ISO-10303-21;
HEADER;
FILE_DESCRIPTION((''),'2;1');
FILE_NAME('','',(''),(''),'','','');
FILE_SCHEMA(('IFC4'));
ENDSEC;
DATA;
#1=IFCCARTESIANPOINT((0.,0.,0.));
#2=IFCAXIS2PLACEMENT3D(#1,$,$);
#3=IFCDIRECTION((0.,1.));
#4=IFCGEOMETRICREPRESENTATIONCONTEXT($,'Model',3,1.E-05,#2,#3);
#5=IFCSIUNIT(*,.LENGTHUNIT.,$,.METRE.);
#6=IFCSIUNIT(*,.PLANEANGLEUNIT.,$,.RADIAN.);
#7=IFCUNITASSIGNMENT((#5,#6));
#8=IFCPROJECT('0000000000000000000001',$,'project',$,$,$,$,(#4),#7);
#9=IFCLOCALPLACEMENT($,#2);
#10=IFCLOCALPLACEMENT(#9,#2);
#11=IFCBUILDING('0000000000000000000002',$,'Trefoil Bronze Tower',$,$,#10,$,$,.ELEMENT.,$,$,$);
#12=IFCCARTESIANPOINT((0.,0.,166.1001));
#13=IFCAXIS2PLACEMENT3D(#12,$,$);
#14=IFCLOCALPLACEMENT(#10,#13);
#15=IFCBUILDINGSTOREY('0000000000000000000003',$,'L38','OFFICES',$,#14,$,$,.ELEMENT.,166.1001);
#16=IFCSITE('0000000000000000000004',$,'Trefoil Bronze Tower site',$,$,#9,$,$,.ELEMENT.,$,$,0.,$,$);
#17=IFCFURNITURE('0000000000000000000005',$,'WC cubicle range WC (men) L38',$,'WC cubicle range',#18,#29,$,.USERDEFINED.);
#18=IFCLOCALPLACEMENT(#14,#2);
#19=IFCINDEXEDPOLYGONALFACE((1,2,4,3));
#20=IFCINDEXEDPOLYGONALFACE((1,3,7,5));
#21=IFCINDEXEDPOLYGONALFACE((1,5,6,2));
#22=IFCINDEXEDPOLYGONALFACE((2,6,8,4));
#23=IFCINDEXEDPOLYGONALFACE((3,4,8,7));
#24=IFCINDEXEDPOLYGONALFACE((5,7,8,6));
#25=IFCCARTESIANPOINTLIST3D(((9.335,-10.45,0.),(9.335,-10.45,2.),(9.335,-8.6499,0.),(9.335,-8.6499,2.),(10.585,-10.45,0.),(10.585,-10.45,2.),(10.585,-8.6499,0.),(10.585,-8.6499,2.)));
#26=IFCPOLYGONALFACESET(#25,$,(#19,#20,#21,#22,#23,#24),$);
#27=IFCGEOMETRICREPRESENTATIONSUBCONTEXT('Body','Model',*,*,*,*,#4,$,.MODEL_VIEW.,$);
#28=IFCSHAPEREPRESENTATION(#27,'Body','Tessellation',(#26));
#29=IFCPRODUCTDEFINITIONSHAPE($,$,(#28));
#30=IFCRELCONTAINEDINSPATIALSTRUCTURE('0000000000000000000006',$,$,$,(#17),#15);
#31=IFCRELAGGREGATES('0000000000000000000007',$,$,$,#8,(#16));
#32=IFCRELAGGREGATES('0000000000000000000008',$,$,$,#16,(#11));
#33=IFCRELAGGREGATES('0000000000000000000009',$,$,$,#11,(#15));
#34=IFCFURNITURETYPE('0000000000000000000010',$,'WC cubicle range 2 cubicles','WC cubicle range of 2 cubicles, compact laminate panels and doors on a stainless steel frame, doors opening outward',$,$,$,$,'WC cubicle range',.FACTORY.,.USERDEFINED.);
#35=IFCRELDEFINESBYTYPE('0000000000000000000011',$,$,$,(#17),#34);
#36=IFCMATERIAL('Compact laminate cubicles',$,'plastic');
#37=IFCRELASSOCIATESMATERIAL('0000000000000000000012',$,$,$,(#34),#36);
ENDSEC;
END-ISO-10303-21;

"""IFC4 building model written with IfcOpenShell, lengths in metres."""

from ifc_helpers import new_model, si_unit, direction, frame, origin, place, context, subcontext, project, spatial, polyline, outline, extrude, material, type_object, element, save


model = new_model("IFC4")

# Units and contexts
model_context = context("Model", 3, precision=1e-05, world=origin(), true_north=direction((0.0, 1.0)))
body_context = subcontext(model_context, "Body", "Model", "MODEL_VIEW")
ifc_project = project(units=[si_unit("LENGTHUNIT", "METRE"), si_unit("PLANEANGLEUNIT", "RADIAN")], contexts=[model_context])

# Site, building, storey
site_placement = place(None, origin())
site = spatial("IfcSite", under=ifc_project, at=site_placement, Name="Trefoil Bronze Tower site", CompositionType="ELEMENT", RefElevation=0.0)
building_placement = place(site_placement, origin())
building = spatial("IfcBuilding", under=site, at=building_placement, Name="Trefoil Bronze Tower", CompositionType="ELEMENT")
storey_placement = place(building_placement, frame((0.0, 0.0, 166.1001)))
storey = spatial("IfcBuildingStorey", under=building, at=storey_placement, Name="L38", Description="OFFICES", CompositionType="ELEMENT", Elevation=166.1001)

# Furniture
ifc_material_1 = material(Name="Compact laminate cubicles", Category="plastic")
furniture_type = type_object("IfcFurnitureType", Name="WC cubicle range 2 cubicles", Description="WC cubicle range of 2 cubicles, compact laminate panels and doors on a stainless steel frame, doors opening outward", ElementType="WC cubicle range", AssemblyPlace="FACTORY", PredefinedType="USERDEFINED", material=ifc_material_1)
furniture_placement = place(storey_placement, origin())
element("IfcFurniture", 1, at=furniture_placement, inside=storey, type_object=furniture_type, Name="WC cubicle range WC (men) L38", ObjectType="WC cubicle range", PredefinedType="USERDEFINED", context=body_context, shape_type="SweptSolid", body=[
    extrude(outline(polyline([(9.335, -8.6499), (10.585, -8.6499), (10.585, -10.45), (9.335, -10.45), (9.335, -8.6499)])), origin(), (0.0, 0.0, 1.0), 2.0),
])

save(model, "model.ifc")
